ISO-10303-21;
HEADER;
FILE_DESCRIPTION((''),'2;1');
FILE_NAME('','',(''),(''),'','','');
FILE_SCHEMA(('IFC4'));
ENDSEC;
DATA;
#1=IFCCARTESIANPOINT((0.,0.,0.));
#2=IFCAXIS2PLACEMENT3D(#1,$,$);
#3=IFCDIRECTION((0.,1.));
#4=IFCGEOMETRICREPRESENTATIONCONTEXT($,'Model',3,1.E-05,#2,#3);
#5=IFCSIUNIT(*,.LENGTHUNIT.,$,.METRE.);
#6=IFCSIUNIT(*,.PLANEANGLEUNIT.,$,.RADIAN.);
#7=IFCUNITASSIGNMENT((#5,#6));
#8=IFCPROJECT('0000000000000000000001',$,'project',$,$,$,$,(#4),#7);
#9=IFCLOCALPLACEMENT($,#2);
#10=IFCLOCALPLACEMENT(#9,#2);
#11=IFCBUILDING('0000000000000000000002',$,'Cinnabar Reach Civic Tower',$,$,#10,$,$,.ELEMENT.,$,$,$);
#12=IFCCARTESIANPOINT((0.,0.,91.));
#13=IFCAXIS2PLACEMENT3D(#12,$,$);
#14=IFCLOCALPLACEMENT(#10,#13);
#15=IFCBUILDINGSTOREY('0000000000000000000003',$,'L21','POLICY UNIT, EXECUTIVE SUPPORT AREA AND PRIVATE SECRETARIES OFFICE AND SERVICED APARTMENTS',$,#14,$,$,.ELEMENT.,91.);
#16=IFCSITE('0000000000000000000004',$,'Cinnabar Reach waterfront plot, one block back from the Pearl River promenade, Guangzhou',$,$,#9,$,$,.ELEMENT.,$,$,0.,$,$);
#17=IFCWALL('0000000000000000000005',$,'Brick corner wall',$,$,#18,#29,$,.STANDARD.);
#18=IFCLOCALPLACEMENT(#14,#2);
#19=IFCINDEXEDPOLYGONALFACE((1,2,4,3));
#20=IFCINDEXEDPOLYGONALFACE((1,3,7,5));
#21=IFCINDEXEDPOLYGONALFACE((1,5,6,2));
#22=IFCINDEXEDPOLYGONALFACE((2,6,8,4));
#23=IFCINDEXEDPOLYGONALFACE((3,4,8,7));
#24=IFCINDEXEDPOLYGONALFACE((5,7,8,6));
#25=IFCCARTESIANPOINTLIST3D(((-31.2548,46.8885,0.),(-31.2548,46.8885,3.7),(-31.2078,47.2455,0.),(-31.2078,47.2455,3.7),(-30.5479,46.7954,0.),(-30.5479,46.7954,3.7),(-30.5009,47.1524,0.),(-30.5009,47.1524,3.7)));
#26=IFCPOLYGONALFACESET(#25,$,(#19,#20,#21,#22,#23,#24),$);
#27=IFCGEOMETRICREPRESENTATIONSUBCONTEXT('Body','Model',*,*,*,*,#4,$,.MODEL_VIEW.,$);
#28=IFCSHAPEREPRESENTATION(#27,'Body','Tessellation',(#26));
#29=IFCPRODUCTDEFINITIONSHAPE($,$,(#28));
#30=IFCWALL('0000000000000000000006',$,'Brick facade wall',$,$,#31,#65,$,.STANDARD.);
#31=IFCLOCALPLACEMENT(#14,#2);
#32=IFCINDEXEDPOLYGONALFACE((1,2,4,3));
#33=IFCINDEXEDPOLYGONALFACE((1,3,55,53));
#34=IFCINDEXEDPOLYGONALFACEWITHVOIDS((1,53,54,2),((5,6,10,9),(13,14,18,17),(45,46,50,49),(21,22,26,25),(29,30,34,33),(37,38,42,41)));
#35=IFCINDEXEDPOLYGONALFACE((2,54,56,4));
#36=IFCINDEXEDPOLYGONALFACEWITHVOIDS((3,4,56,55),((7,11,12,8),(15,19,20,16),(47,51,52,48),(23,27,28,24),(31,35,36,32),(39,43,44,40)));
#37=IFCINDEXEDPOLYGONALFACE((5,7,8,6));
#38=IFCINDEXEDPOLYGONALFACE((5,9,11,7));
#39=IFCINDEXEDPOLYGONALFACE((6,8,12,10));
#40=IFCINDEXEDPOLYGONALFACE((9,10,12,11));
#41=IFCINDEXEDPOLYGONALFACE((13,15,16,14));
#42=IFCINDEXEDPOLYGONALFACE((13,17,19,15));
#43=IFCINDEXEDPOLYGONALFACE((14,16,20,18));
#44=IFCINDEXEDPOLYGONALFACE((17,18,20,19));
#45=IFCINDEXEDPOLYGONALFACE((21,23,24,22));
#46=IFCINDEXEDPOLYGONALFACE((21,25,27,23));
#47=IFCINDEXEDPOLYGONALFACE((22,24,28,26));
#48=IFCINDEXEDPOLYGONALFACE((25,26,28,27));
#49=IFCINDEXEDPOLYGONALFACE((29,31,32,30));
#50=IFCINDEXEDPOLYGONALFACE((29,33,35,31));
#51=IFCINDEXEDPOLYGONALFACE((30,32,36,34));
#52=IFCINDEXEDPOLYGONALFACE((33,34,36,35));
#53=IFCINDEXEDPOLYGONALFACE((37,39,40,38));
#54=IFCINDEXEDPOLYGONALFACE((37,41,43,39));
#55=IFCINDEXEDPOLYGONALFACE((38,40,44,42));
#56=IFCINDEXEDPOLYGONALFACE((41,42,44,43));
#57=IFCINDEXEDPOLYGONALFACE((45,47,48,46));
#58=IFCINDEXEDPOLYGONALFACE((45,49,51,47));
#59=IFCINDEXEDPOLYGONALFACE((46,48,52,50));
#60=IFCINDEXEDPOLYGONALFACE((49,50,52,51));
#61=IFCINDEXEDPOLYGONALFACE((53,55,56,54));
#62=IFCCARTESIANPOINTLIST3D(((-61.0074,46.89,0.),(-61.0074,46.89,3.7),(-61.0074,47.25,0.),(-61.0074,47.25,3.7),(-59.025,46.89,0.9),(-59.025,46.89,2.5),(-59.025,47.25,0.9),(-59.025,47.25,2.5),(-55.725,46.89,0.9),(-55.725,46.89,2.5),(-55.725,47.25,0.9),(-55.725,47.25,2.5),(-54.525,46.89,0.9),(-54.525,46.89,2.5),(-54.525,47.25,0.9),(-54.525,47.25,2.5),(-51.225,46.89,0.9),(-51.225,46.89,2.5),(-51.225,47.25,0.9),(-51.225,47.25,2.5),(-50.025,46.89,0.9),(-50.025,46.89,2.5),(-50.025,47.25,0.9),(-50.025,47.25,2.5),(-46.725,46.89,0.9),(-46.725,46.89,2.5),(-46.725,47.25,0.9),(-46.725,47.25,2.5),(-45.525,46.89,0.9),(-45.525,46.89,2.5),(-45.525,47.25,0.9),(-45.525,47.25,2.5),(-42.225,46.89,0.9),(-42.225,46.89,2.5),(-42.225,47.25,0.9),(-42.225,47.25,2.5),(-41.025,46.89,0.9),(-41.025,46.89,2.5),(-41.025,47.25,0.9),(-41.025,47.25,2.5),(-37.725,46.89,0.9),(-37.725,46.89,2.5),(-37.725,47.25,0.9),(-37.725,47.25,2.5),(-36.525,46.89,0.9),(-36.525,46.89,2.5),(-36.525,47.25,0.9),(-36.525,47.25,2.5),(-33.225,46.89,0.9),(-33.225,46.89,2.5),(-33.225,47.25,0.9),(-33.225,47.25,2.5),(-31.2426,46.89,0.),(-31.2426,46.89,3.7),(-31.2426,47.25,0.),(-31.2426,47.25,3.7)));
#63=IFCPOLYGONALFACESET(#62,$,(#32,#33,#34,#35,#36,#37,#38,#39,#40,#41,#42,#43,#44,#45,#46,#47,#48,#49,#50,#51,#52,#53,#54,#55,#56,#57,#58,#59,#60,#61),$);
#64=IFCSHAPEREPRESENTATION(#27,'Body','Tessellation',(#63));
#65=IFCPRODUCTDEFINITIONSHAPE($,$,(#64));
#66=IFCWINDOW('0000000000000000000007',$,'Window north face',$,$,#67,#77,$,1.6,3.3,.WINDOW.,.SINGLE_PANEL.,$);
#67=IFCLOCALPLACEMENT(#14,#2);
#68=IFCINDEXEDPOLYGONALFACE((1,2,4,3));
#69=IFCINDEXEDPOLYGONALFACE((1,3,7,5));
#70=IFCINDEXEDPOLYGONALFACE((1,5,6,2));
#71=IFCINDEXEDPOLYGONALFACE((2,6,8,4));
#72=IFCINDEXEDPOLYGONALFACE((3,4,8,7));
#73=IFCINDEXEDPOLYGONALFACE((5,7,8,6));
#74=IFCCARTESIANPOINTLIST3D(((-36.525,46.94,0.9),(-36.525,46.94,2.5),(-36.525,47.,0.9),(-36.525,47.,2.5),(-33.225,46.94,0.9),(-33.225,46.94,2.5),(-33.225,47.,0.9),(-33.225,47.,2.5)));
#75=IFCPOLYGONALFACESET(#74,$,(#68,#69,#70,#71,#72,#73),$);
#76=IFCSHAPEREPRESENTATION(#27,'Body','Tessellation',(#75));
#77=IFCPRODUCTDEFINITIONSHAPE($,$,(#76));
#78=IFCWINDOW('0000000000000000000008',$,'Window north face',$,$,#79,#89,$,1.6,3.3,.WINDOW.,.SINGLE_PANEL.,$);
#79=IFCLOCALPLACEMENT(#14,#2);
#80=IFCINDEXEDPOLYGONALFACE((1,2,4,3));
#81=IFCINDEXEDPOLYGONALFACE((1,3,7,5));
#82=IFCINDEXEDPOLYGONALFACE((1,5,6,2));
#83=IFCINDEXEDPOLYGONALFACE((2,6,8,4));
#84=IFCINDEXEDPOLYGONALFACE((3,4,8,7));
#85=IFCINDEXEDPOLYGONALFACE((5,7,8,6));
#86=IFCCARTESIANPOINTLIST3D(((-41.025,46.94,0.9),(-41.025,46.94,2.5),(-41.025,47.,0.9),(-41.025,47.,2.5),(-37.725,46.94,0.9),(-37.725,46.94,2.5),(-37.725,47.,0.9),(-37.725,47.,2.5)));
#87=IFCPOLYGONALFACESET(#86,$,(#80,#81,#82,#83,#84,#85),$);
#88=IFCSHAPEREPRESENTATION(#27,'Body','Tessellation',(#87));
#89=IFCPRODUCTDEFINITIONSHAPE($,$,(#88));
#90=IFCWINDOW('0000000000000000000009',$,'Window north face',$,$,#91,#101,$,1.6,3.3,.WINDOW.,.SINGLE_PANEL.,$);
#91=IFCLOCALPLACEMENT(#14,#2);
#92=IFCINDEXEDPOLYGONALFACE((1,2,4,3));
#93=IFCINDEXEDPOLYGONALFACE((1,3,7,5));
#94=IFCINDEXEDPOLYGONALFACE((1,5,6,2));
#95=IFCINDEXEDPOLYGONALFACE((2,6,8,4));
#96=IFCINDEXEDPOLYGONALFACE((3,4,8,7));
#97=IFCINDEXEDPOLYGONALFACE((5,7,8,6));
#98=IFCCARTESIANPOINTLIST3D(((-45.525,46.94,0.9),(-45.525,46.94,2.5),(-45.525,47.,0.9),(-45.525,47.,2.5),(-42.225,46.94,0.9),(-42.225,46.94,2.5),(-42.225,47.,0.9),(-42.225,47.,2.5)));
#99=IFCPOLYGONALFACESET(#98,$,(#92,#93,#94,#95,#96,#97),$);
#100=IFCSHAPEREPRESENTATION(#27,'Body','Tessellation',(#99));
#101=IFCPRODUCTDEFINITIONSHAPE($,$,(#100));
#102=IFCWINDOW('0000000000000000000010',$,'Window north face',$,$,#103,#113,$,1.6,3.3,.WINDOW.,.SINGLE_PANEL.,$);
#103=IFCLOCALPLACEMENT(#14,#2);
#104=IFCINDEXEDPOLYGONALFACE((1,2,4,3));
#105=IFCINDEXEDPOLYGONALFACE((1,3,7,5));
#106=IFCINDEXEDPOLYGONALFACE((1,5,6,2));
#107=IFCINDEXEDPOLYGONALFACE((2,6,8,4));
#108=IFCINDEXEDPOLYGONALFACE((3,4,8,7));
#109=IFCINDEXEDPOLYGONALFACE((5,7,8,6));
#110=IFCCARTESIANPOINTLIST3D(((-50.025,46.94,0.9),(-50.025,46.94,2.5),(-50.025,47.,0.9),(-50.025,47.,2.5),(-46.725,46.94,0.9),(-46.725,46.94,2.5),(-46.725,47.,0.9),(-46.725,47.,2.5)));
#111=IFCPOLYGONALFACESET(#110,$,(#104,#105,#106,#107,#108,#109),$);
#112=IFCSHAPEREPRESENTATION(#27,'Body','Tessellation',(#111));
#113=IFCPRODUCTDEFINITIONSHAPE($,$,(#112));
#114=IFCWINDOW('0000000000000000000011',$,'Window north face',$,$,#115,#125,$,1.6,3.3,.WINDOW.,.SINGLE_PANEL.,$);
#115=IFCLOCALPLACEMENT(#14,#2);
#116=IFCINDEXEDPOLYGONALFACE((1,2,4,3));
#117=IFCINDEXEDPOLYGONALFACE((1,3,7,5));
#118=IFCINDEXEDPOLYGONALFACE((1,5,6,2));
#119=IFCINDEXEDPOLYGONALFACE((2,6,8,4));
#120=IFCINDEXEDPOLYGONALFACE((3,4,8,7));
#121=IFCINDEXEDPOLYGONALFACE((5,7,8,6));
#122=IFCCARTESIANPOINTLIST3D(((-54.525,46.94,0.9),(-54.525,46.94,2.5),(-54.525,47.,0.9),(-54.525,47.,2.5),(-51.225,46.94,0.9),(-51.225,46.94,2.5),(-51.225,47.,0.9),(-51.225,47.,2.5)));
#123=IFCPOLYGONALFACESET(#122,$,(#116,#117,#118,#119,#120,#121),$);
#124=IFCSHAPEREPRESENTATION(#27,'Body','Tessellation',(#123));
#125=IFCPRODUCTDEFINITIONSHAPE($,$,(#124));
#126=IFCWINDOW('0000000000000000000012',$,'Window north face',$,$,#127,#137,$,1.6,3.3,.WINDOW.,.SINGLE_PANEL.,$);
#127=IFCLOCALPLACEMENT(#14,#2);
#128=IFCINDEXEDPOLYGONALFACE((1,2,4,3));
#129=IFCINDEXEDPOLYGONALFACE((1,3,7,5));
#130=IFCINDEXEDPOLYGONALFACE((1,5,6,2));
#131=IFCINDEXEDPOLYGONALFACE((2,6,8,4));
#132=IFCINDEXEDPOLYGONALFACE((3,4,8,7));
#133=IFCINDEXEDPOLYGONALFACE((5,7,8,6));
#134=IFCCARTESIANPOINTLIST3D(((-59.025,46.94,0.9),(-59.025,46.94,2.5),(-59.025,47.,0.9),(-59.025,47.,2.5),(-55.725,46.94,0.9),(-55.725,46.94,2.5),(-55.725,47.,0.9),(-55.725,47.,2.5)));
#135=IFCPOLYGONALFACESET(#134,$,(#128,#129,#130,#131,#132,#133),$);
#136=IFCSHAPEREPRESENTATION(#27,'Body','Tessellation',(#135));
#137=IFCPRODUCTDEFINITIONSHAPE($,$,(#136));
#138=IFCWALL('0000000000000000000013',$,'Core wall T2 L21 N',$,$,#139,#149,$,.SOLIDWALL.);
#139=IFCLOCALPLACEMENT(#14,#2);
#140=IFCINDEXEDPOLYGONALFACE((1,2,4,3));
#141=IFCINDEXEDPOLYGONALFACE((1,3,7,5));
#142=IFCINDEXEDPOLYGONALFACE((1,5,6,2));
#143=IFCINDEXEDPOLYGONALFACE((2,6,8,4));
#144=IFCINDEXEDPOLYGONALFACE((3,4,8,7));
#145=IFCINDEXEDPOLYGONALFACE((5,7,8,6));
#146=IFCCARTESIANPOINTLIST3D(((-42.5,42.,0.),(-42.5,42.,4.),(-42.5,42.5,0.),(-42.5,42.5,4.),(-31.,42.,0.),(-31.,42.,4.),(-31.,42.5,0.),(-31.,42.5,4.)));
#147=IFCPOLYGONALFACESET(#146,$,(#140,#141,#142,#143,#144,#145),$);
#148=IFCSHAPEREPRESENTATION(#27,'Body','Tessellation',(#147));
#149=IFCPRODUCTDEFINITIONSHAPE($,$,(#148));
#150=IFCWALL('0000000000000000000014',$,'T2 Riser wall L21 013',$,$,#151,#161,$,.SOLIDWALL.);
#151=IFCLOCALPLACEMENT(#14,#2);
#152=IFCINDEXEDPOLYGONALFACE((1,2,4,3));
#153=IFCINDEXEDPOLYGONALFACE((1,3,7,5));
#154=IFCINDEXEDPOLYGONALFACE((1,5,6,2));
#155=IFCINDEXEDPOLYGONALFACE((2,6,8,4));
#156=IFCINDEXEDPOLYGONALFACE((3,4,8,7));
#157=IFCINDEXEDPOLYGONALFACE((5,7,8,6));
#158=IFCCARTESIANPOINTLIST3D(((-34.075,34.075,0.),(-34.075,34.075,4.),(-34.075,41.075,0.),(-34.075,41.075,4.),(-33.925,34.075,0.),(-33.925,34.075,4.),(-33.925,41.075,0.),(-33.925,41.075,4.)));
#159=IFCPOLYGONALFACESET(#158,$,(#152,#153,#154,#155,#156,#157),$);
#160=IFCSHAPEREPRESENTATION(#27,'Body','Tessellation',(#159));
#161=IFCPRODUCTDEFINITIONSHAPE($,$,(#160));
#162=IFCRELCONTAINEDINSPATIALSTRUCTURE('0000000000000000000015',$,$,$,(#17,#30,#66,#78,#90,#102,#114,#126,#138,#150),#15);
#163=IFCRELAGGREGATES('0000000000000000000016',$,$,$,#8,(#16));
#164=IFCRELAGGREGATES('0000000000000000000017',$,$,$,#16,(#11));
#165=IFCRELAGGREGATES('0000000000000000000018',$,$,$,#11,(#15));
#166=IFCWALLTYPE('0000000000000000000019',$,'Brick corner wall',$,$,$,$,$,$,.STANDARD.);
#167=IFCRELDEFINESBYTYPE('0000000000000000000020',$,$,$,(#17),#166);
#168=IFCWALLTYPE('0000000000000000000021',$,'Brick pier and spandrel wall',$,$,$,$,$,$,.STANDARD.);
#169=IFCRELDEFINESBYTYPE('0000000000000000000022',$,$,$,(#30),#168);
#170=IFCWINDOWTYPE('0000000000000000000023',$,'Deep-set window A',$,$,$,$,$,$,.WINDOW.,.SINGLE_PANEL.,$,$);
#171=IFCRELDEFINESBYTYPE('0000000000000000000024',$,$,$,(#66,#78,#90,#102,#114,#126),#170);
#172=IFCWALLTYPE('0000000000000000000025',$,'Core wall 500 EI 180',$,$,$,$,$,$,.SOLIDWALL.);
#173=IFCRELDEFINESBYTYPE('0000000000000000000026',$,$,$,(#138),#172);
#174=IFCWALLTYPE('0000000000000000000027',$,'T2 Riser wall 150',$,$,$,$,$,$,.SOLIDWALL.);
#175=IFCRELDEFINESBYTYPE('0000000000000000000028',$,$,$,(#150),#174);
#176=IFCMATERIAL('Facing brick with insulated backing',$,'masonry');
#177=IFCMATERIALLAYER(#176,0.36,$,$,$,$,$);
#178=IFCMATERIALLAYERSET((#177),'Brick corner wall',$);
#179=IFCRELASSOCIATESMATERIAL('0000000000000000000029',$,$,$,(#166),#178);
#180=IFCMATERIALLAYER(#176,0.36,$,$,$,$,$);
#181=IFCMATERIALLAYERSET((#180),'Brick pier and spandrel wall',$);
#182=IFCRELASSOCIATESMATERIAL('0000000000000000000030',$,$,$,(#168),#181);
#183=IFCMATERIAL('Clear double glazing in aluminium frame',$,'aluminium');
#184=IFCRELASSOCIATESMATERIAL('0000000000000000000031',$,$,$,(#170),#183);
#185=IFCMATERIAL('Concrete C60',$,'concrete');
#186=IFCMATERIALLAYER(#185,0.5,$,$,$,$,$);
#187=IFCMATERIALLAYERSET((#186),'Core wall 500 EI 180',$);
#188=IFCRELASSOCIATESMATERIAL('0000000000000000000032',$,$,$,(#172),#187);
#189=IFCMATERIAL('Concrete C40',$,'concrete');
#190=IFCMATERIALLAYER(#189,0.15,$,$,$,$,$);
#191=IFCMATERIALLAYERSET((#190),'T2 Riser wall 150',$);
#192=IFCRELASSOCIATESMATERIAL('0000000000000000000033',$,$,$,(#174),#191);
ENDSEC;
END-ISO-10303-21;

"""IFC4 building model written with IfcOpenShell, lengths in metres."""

from ifc_helpers import new_model, si_unit, direction, frame, frame_2d, origin, place, context, subcontext, project, spatial, rectangle, extrude, material, layer, layer_set, type_object, element, fill, save


model = new_model("IFC4")

# Units and contexts
model_context = context("Model", 3, precision=1e-05, world=origin(), true_north=direction((0.0, 1.0)))
body_context = subcontext(model_context, "Body", "Model", "MODEL_VIEW")
ifc_project = project(units=[si_unit("LENGTHUNIT", "METRE"), si_unit("PLANEANGLEUNIT", "RADIAN")], contexts=[model_context])

# Site, building, storey
site_placement = place(None, origin())
site = spatial("IfcSite", under=ifc_project, at=site_placement, Name="Cinnabar Reach waterfront plot, one block back from the Pearl River promenade, Guangzhou", CompositionType="ELEMENT", RefElevation=0.0)
building_placement = place(site_placement, origin())
building = spatial("IfcBuilding", under=site, at=building_placement, Name="Cinnabar Reach Civic Tower", CompositionType="ELEMENT")
storey_placement = place(building_placement, frame((0.0, 0.0, 91.0)))
storey = spatial("IfcBuildingStorey", under=building, at=storey_placement, Name="L21", Description="POLICY UNIT, EXECUTIVE SUPPORT AREA AND PRIVATE SECRETARIES OFFICE AND SERVICED APARTMENTS", CompositionType="ELEMENT", Elevation=91.0)

# Shared definitions
ifc_material_1 = material(Name="Concrete C60", Category="concrete")

# Wall
ifc_material_2 = material(Name="Facing brick with insulated backing", Category="masonry")
ifc_layer_1 = layer(ifc_material_2, 0.36)
ifc_layer_set_1 = layer_set([ifc_layer_1], Name="Brick corner wall")
wall_type_1 = type_object("IfcWallType", Name="Brick corner wall", PredefinedType="STANDARD", material=ifc_layer_set_1)
for number, where, z_axis, x_axis, name in (
    (1, (-30.5244, 46.9739, 0.0), (0.0, 0.0, 1.0), (-0.991441, 0.130556, 0.0), "Brick corner wall"),
):
    element("IfcWall", number, at=place(storey_placement, frame(where, z_axis=z_axis, x_axis=x_axis)), inside=storey, type_object=wall_type_1, Name=name, PredefinedType="STANDARD", context=body_context, shape_type="SweptSolid", body=[
        extrude(rectangle(XDim=0.7131, YDim=0.36, at=frame_2d((0.3565, 0.0))), origin(), (0.0, 0.0, 1.0), 3.7),
    ])

# Wall, openings, windows
ifc_layer_2 = layer(ifc_material_2, 0.36)
ifc_layer_set_2 = layer_set([ifc_layer_2], Name="Brick pier and spandrel wall")
wall_type_2 = type_object("IfcWallType", Name="Brick pier and spandrel wall", PredefinedType="STANDARD", material=ifc_layer_set_2)
wall_1_placement = place(storey_placement, frame((-31.2426, 47.07, 0.0), z_axis=(0.0, 0.0, 1.0), x_axis=(-1.0, 0.0, 0.0)))
wall_1 = element("IfcWall", 2, at=wall_1_placement, inside=storey, type_object=wall_type_2, Name="Brick facade wall", PredefinedType="STANDARD", context=body_context, shape_type="SweptSolid", body=[
    extrude(rectangle(XDim=29.7648, YDim=0.36, at=frame_2d((14.8824, 0.0))), origin(), (0.0, 0.0, 1.0), 3.7),
])
opening_1_placement = place(wall_1_placement, frame((1.9824, 0.0, 0.9)))
opening_1 = element("IfcOpeningElement", 3, at=opening_1_placement, cuts=wall_1, PredefinedType="OPENING", context=body_context, shape_type="SweptSolid", body=[
    extrude(rectangle(XDim=3.3, YDim=1.6, at=frame_2d((1.65, 0.8))), frame((0.0, 0.19, 0.0), z_axis=(0.0, -1.0, 0.0), x_axis=(1.0, 0.0, 0.0)), (0.0, 0.0, 1.0), 0.38),
])
opening_2_placement = place(wall_1_placement, frame((6.4824, 0.0, 0.9)))
opening_2 = element("IfcOpeningElement", 4, at=opening_2_placement, cuts=wall_1, PredefinedType="OPENING", context=body_context, shape_type="SweptSolid", body=[
    extrude(rectangle(XDim=3.3, YDim=1.6, at=frame_2d((1.65, 0.8))), frame((0.0, 0.19, 0.0), z_axis=(0.0, -1.0, 0.0), x_axis=(1.0, 0.0, 0.0)), (0.0, 0.0, 1.0), 0.38),
])
opening_3_placement = place(wall_1_placement, frame((10.9824, 0.0, 0.9)))
opening_3 = element("IfcOpeningElement", 5, at=opening_3_placement, cuts=wall_1, PredefinedType="OPENING", context=body_context, shape_type="SweptSolid", body=[
    extrude(rectangle(XDim=3.3, YDim=1.6, at=frame_2d((1.65, 0.8))), frame((0.0, 0.19, 0.0), z_axis=(0.0, -1.0, 0.0), x_axis=(1.0, 0.0, 0.0)), (0.0, 0.0, 1.0), 0.38),
])
opening_4_placement = place(wall_1_placement, frame((15.4824, 0.0, 0.9)))
opening_4 = element("IfcOpeningElement", 6, at=opening_4_placement, cuts=wall_1, PredefinedType="OPENING", context=body_context, shape_type="SweptSolid", body=[
    extrude(rectangle(XDim=3.3, YDim=1.6, at=frame_2d((1.65, 0.8))), frame((0.0, 0.19, 0.0), z_axis=(0.0, -1.0, 0.0), x_axis=(1.0, 0.0, 0.0)), (0.0, 0.0, 1.0), 0.38),
])
opening_5_placement = place(wall_1_placement, frame((19.9824, 0.0, 0.9)))
opening_5 = element("IfcOpeningElement", 7, at=opening_5_placement, cuts=wall_1, PredefinedType="OPENING", context=body_context, shape_type="SweptSolid", body=[
    extrude(rectangle(XDim=3.3, YDim=1.6, at=frame_2d((1.65, 0.8))), frame((0.0, 0.19, 0.0), z_axis=(0.0, -1.0, 0.0), x_axis=(1.0, 0.0, 0.0)), (0.0, 0.0, 1.0), 0.38),
])
opening_6_placement = place(wall_1_placement, frame((24.4824, 0.0, 0.9)))
opening_6 = element("IfcOpeningElement", 8, at=opening_6_placement, cuts=wall_1, PredefinedType="OPENING", context=body_context, shape_type="SweptSolid", body=[
    extrude(rectangle(XDim=3.3, YDim=1.6, at=frame_2d((1.65, 0.8))), frame((0.0, 0.19, 0.0), z_axis=(0.0, -1.0, 0.0), x_axis=(1.0, 0.0, 0.0)), (0.0, 0.0, 1.0), 0.38),
])
ifc_material_3 = material(Name="Clear double glazing in aluminium frame", Category="aluminium")
window_type = type_object("IfcWindowType", Name="Deep-set window A", PartitioningType="SINGLE_PANEL", PredefinedType="WINDOW", material=ifc_material_3)
window_1_placement = place(opening_1_placement, origin())
window_1 = element("IfcWindow", 9, at=window_1_placement, inside=storey, type_object=window_type, Name="Window north face", OverallHeight=1.6, OverallWidth=3.3, PartitioningType="SINGLE_PANEL", PredefinedType="WINDOW", context=body_context, shape_type="SweptSolid", body=[
    extrude(rectangle(XDim=3.3, YDim=1.6, at=frame_2d((1.65, 0.8))), frame((0.0, 0.13, 0.0), z_axis=(0.0, -1.0, 0.0), x_axis=(1.0, 0.0, 0.0)), (0.0, 0.0, 1.0), 0.06),
])
fill(opening_1, window_1)
window_2_placement = place(opening_2_placement, origin())
window_2 = element("IfcWindow", 10, at=window_2_placement, inside=storey, type_object=window_type, Name="Window north face", OverallHeight=1.6, OverallWidth=3.3, PartitioningType="SINGLE_PANEL", PredefinedType="WINDOW", context=body_context, shape_type="SweptSolid", body=[
    extrude(rectangle(XDim=3.3, YDim=1.6, at=frame_2d((1.65, 0.8))), frame((0.0, 0.13, 0.0), z_axis=(0.0, -1.0, 0.0), x_axis=(1.0, 0.0, 0.0)), (0.0, 0.0, 1.0), 0.06),
])
fill(opening_2, window_2)
window_3_placement = place(opening_3_placement, origin())
window_3 = element("IfcWindow", 11, at=window_3_placement, inside=storey, type_object=window_type, Name="Window north face", OverallHeight=1.6, OverallWidth=3.3, PartitioningType="SINGLE_PANEL", PredefinedType="WINDOW", context=body_context, shape_type="SweptSolid", body=[
    extrude(rectangle(XDim=3.3, YDim=1.6, at=frame_2d((1.65, 0.8))), frame((0.0, 0.13, 0.0), z_axis=(0.0, -1.0, 0.0), x_axis=(1.0, 0.0, 0.0)), (0.0, 0.0, 1.0), 0.06),
])
fill(opening_3, window_3)
window_4_placement = place(opening_4_placement, origin())
window_4 = element("IfcWindow", 12, at=window_4_placement, inside=storey, type_object=window_type, Name="Window north face", OverallHeight=1.6, OverallWidth=3.3, PartitioningType="SINGLE_PANEL", PredefinedType="WINDOW", context=body_context, shape_type="SweptSolid", body=[
    extrude(rectangle(XDim=3.3, YDim=1.6, at=frame_2d((1.65, 0.8))), frame((0.0, 0.13, 0.0), z_axis=(0.0, -1.0, 0.0), x_axis=(1.0, 0.0, 0.0)), (0.0, 0.0, 1.0), 0.06),
])
fill(opening_4, window_4)
window_5_placement = place(opening_5_placement, origin())
window_5 = element("IfcWindow", 13, at=window_5_placement, inside=storey, type_object=window_type, Name="Window north face", OverallHeight=1.6, OverallWidth=3.3, PartitioningType="SINGLE_PANEL", PredefinedType="WINDOW", context=body_context, shape_type="SweptSolid", body=[
    extrude(rectangle(XDim=3.3, YDim=1.6, at=frame_2d((1.65, 0.8))), frame((0.0, 0.13, 0.0), z_axis=(0.0, -1.0, 0.0), x_axis=(1.0, 0.0, 0.0)), (0.0, 0.0, 1.0), 0.06),
])
fill(opening_5, window_5)
window_6_placement = place(opening_6_placement, origin())
window_6 = element("IfcWindow", 14, at=window_6_placement, inside=storey, type_object=window_type, Name="Window north face", OverallHeight=1.6, OverallWidth=3.3, PartitioningType="SINGLE_PANEL", PredefinedType="WINDOW", context=body_context, shape_type="SweptSolid", body=[
    extrude(rectangle(XDim=3.3, YDim=1.6, at=frame_2d((1.65, 0.8))), frame((0.0, 0.13, 0.0), z_axis=(0.0, -1.0, 0.0), x_axis=(1.0, 0.0, 0.0)), (0.0, 0.0, 1.0), 0.06),
])
fill(opening_6, window_6)

# Walls
ifc_layer_3 = layer(ifc_material_1, 0.5)
ifc_layer_set_3 = layer_set([ifc_layer_3], Name="Core wall 500 EI 180")
wall_type_3 = type_object("IfcWallType", Name="Core wall 500 EI 180", PredefinedType="SOLIDWALL", material=ifc_layer_set_3)
wall_2_placement = place(storey_placement, frame((-31.0, 42.25, 0.0), z_axis=(0.0, 0.0, 1.0), x_axis=(-1.0, 0.0, 0.0)))
element("IfcWall", 15, at=wall_2_placement, inside=storey, type_object=wall_type_3, Name="Core wall T2 L21 N", PredefinedType="SOLIDWALL", context=body_context, shape_type="SweptSolid", body=[
    extrude(rectangle(XDim=11.5, YDim=0.5, at=frame_2d((5.75, 0.0))), origin(), (0.0, 0.0, 1.0), 4.0),
])
ifc_material_4 = material(Name="Concrete C40", Category="concrete")
ifc_layer_4 = layer(ifc_material_4, 0.15)
ifc_layer_set_4 = layer_set([ifc_layer_4], Name="T2 Riser wall 150")
wall_type_4 = type_object("IfcWallType", Name="T2 Riser wall 150", PredefinedType="SOLIDWALL", material=ifc_layer_set_4)
wall_3_placement = place(storey_placement, frame((-34.0, 41.075, 0.0), z_axis=(0.0, 0.0, 1.0), x_axis=(0.0, -1.0, 0.0)))
element("IfcWall", 16, at=wall_3_placement, inside=storey, type_object=wall_type_4, Name="T2 Riser wall L21 013", PredefinedType="SOLIDWALL", context=body_context, shape_type="SweptSolid", body=[
    extrude(rectangle(XDim=7.0, YDim=0.15, at=frame_2d((3.5, 0.0))), origin(), (0.0, 0.0, 1.0), 4.0),
])

save(model, "model.ifc")
